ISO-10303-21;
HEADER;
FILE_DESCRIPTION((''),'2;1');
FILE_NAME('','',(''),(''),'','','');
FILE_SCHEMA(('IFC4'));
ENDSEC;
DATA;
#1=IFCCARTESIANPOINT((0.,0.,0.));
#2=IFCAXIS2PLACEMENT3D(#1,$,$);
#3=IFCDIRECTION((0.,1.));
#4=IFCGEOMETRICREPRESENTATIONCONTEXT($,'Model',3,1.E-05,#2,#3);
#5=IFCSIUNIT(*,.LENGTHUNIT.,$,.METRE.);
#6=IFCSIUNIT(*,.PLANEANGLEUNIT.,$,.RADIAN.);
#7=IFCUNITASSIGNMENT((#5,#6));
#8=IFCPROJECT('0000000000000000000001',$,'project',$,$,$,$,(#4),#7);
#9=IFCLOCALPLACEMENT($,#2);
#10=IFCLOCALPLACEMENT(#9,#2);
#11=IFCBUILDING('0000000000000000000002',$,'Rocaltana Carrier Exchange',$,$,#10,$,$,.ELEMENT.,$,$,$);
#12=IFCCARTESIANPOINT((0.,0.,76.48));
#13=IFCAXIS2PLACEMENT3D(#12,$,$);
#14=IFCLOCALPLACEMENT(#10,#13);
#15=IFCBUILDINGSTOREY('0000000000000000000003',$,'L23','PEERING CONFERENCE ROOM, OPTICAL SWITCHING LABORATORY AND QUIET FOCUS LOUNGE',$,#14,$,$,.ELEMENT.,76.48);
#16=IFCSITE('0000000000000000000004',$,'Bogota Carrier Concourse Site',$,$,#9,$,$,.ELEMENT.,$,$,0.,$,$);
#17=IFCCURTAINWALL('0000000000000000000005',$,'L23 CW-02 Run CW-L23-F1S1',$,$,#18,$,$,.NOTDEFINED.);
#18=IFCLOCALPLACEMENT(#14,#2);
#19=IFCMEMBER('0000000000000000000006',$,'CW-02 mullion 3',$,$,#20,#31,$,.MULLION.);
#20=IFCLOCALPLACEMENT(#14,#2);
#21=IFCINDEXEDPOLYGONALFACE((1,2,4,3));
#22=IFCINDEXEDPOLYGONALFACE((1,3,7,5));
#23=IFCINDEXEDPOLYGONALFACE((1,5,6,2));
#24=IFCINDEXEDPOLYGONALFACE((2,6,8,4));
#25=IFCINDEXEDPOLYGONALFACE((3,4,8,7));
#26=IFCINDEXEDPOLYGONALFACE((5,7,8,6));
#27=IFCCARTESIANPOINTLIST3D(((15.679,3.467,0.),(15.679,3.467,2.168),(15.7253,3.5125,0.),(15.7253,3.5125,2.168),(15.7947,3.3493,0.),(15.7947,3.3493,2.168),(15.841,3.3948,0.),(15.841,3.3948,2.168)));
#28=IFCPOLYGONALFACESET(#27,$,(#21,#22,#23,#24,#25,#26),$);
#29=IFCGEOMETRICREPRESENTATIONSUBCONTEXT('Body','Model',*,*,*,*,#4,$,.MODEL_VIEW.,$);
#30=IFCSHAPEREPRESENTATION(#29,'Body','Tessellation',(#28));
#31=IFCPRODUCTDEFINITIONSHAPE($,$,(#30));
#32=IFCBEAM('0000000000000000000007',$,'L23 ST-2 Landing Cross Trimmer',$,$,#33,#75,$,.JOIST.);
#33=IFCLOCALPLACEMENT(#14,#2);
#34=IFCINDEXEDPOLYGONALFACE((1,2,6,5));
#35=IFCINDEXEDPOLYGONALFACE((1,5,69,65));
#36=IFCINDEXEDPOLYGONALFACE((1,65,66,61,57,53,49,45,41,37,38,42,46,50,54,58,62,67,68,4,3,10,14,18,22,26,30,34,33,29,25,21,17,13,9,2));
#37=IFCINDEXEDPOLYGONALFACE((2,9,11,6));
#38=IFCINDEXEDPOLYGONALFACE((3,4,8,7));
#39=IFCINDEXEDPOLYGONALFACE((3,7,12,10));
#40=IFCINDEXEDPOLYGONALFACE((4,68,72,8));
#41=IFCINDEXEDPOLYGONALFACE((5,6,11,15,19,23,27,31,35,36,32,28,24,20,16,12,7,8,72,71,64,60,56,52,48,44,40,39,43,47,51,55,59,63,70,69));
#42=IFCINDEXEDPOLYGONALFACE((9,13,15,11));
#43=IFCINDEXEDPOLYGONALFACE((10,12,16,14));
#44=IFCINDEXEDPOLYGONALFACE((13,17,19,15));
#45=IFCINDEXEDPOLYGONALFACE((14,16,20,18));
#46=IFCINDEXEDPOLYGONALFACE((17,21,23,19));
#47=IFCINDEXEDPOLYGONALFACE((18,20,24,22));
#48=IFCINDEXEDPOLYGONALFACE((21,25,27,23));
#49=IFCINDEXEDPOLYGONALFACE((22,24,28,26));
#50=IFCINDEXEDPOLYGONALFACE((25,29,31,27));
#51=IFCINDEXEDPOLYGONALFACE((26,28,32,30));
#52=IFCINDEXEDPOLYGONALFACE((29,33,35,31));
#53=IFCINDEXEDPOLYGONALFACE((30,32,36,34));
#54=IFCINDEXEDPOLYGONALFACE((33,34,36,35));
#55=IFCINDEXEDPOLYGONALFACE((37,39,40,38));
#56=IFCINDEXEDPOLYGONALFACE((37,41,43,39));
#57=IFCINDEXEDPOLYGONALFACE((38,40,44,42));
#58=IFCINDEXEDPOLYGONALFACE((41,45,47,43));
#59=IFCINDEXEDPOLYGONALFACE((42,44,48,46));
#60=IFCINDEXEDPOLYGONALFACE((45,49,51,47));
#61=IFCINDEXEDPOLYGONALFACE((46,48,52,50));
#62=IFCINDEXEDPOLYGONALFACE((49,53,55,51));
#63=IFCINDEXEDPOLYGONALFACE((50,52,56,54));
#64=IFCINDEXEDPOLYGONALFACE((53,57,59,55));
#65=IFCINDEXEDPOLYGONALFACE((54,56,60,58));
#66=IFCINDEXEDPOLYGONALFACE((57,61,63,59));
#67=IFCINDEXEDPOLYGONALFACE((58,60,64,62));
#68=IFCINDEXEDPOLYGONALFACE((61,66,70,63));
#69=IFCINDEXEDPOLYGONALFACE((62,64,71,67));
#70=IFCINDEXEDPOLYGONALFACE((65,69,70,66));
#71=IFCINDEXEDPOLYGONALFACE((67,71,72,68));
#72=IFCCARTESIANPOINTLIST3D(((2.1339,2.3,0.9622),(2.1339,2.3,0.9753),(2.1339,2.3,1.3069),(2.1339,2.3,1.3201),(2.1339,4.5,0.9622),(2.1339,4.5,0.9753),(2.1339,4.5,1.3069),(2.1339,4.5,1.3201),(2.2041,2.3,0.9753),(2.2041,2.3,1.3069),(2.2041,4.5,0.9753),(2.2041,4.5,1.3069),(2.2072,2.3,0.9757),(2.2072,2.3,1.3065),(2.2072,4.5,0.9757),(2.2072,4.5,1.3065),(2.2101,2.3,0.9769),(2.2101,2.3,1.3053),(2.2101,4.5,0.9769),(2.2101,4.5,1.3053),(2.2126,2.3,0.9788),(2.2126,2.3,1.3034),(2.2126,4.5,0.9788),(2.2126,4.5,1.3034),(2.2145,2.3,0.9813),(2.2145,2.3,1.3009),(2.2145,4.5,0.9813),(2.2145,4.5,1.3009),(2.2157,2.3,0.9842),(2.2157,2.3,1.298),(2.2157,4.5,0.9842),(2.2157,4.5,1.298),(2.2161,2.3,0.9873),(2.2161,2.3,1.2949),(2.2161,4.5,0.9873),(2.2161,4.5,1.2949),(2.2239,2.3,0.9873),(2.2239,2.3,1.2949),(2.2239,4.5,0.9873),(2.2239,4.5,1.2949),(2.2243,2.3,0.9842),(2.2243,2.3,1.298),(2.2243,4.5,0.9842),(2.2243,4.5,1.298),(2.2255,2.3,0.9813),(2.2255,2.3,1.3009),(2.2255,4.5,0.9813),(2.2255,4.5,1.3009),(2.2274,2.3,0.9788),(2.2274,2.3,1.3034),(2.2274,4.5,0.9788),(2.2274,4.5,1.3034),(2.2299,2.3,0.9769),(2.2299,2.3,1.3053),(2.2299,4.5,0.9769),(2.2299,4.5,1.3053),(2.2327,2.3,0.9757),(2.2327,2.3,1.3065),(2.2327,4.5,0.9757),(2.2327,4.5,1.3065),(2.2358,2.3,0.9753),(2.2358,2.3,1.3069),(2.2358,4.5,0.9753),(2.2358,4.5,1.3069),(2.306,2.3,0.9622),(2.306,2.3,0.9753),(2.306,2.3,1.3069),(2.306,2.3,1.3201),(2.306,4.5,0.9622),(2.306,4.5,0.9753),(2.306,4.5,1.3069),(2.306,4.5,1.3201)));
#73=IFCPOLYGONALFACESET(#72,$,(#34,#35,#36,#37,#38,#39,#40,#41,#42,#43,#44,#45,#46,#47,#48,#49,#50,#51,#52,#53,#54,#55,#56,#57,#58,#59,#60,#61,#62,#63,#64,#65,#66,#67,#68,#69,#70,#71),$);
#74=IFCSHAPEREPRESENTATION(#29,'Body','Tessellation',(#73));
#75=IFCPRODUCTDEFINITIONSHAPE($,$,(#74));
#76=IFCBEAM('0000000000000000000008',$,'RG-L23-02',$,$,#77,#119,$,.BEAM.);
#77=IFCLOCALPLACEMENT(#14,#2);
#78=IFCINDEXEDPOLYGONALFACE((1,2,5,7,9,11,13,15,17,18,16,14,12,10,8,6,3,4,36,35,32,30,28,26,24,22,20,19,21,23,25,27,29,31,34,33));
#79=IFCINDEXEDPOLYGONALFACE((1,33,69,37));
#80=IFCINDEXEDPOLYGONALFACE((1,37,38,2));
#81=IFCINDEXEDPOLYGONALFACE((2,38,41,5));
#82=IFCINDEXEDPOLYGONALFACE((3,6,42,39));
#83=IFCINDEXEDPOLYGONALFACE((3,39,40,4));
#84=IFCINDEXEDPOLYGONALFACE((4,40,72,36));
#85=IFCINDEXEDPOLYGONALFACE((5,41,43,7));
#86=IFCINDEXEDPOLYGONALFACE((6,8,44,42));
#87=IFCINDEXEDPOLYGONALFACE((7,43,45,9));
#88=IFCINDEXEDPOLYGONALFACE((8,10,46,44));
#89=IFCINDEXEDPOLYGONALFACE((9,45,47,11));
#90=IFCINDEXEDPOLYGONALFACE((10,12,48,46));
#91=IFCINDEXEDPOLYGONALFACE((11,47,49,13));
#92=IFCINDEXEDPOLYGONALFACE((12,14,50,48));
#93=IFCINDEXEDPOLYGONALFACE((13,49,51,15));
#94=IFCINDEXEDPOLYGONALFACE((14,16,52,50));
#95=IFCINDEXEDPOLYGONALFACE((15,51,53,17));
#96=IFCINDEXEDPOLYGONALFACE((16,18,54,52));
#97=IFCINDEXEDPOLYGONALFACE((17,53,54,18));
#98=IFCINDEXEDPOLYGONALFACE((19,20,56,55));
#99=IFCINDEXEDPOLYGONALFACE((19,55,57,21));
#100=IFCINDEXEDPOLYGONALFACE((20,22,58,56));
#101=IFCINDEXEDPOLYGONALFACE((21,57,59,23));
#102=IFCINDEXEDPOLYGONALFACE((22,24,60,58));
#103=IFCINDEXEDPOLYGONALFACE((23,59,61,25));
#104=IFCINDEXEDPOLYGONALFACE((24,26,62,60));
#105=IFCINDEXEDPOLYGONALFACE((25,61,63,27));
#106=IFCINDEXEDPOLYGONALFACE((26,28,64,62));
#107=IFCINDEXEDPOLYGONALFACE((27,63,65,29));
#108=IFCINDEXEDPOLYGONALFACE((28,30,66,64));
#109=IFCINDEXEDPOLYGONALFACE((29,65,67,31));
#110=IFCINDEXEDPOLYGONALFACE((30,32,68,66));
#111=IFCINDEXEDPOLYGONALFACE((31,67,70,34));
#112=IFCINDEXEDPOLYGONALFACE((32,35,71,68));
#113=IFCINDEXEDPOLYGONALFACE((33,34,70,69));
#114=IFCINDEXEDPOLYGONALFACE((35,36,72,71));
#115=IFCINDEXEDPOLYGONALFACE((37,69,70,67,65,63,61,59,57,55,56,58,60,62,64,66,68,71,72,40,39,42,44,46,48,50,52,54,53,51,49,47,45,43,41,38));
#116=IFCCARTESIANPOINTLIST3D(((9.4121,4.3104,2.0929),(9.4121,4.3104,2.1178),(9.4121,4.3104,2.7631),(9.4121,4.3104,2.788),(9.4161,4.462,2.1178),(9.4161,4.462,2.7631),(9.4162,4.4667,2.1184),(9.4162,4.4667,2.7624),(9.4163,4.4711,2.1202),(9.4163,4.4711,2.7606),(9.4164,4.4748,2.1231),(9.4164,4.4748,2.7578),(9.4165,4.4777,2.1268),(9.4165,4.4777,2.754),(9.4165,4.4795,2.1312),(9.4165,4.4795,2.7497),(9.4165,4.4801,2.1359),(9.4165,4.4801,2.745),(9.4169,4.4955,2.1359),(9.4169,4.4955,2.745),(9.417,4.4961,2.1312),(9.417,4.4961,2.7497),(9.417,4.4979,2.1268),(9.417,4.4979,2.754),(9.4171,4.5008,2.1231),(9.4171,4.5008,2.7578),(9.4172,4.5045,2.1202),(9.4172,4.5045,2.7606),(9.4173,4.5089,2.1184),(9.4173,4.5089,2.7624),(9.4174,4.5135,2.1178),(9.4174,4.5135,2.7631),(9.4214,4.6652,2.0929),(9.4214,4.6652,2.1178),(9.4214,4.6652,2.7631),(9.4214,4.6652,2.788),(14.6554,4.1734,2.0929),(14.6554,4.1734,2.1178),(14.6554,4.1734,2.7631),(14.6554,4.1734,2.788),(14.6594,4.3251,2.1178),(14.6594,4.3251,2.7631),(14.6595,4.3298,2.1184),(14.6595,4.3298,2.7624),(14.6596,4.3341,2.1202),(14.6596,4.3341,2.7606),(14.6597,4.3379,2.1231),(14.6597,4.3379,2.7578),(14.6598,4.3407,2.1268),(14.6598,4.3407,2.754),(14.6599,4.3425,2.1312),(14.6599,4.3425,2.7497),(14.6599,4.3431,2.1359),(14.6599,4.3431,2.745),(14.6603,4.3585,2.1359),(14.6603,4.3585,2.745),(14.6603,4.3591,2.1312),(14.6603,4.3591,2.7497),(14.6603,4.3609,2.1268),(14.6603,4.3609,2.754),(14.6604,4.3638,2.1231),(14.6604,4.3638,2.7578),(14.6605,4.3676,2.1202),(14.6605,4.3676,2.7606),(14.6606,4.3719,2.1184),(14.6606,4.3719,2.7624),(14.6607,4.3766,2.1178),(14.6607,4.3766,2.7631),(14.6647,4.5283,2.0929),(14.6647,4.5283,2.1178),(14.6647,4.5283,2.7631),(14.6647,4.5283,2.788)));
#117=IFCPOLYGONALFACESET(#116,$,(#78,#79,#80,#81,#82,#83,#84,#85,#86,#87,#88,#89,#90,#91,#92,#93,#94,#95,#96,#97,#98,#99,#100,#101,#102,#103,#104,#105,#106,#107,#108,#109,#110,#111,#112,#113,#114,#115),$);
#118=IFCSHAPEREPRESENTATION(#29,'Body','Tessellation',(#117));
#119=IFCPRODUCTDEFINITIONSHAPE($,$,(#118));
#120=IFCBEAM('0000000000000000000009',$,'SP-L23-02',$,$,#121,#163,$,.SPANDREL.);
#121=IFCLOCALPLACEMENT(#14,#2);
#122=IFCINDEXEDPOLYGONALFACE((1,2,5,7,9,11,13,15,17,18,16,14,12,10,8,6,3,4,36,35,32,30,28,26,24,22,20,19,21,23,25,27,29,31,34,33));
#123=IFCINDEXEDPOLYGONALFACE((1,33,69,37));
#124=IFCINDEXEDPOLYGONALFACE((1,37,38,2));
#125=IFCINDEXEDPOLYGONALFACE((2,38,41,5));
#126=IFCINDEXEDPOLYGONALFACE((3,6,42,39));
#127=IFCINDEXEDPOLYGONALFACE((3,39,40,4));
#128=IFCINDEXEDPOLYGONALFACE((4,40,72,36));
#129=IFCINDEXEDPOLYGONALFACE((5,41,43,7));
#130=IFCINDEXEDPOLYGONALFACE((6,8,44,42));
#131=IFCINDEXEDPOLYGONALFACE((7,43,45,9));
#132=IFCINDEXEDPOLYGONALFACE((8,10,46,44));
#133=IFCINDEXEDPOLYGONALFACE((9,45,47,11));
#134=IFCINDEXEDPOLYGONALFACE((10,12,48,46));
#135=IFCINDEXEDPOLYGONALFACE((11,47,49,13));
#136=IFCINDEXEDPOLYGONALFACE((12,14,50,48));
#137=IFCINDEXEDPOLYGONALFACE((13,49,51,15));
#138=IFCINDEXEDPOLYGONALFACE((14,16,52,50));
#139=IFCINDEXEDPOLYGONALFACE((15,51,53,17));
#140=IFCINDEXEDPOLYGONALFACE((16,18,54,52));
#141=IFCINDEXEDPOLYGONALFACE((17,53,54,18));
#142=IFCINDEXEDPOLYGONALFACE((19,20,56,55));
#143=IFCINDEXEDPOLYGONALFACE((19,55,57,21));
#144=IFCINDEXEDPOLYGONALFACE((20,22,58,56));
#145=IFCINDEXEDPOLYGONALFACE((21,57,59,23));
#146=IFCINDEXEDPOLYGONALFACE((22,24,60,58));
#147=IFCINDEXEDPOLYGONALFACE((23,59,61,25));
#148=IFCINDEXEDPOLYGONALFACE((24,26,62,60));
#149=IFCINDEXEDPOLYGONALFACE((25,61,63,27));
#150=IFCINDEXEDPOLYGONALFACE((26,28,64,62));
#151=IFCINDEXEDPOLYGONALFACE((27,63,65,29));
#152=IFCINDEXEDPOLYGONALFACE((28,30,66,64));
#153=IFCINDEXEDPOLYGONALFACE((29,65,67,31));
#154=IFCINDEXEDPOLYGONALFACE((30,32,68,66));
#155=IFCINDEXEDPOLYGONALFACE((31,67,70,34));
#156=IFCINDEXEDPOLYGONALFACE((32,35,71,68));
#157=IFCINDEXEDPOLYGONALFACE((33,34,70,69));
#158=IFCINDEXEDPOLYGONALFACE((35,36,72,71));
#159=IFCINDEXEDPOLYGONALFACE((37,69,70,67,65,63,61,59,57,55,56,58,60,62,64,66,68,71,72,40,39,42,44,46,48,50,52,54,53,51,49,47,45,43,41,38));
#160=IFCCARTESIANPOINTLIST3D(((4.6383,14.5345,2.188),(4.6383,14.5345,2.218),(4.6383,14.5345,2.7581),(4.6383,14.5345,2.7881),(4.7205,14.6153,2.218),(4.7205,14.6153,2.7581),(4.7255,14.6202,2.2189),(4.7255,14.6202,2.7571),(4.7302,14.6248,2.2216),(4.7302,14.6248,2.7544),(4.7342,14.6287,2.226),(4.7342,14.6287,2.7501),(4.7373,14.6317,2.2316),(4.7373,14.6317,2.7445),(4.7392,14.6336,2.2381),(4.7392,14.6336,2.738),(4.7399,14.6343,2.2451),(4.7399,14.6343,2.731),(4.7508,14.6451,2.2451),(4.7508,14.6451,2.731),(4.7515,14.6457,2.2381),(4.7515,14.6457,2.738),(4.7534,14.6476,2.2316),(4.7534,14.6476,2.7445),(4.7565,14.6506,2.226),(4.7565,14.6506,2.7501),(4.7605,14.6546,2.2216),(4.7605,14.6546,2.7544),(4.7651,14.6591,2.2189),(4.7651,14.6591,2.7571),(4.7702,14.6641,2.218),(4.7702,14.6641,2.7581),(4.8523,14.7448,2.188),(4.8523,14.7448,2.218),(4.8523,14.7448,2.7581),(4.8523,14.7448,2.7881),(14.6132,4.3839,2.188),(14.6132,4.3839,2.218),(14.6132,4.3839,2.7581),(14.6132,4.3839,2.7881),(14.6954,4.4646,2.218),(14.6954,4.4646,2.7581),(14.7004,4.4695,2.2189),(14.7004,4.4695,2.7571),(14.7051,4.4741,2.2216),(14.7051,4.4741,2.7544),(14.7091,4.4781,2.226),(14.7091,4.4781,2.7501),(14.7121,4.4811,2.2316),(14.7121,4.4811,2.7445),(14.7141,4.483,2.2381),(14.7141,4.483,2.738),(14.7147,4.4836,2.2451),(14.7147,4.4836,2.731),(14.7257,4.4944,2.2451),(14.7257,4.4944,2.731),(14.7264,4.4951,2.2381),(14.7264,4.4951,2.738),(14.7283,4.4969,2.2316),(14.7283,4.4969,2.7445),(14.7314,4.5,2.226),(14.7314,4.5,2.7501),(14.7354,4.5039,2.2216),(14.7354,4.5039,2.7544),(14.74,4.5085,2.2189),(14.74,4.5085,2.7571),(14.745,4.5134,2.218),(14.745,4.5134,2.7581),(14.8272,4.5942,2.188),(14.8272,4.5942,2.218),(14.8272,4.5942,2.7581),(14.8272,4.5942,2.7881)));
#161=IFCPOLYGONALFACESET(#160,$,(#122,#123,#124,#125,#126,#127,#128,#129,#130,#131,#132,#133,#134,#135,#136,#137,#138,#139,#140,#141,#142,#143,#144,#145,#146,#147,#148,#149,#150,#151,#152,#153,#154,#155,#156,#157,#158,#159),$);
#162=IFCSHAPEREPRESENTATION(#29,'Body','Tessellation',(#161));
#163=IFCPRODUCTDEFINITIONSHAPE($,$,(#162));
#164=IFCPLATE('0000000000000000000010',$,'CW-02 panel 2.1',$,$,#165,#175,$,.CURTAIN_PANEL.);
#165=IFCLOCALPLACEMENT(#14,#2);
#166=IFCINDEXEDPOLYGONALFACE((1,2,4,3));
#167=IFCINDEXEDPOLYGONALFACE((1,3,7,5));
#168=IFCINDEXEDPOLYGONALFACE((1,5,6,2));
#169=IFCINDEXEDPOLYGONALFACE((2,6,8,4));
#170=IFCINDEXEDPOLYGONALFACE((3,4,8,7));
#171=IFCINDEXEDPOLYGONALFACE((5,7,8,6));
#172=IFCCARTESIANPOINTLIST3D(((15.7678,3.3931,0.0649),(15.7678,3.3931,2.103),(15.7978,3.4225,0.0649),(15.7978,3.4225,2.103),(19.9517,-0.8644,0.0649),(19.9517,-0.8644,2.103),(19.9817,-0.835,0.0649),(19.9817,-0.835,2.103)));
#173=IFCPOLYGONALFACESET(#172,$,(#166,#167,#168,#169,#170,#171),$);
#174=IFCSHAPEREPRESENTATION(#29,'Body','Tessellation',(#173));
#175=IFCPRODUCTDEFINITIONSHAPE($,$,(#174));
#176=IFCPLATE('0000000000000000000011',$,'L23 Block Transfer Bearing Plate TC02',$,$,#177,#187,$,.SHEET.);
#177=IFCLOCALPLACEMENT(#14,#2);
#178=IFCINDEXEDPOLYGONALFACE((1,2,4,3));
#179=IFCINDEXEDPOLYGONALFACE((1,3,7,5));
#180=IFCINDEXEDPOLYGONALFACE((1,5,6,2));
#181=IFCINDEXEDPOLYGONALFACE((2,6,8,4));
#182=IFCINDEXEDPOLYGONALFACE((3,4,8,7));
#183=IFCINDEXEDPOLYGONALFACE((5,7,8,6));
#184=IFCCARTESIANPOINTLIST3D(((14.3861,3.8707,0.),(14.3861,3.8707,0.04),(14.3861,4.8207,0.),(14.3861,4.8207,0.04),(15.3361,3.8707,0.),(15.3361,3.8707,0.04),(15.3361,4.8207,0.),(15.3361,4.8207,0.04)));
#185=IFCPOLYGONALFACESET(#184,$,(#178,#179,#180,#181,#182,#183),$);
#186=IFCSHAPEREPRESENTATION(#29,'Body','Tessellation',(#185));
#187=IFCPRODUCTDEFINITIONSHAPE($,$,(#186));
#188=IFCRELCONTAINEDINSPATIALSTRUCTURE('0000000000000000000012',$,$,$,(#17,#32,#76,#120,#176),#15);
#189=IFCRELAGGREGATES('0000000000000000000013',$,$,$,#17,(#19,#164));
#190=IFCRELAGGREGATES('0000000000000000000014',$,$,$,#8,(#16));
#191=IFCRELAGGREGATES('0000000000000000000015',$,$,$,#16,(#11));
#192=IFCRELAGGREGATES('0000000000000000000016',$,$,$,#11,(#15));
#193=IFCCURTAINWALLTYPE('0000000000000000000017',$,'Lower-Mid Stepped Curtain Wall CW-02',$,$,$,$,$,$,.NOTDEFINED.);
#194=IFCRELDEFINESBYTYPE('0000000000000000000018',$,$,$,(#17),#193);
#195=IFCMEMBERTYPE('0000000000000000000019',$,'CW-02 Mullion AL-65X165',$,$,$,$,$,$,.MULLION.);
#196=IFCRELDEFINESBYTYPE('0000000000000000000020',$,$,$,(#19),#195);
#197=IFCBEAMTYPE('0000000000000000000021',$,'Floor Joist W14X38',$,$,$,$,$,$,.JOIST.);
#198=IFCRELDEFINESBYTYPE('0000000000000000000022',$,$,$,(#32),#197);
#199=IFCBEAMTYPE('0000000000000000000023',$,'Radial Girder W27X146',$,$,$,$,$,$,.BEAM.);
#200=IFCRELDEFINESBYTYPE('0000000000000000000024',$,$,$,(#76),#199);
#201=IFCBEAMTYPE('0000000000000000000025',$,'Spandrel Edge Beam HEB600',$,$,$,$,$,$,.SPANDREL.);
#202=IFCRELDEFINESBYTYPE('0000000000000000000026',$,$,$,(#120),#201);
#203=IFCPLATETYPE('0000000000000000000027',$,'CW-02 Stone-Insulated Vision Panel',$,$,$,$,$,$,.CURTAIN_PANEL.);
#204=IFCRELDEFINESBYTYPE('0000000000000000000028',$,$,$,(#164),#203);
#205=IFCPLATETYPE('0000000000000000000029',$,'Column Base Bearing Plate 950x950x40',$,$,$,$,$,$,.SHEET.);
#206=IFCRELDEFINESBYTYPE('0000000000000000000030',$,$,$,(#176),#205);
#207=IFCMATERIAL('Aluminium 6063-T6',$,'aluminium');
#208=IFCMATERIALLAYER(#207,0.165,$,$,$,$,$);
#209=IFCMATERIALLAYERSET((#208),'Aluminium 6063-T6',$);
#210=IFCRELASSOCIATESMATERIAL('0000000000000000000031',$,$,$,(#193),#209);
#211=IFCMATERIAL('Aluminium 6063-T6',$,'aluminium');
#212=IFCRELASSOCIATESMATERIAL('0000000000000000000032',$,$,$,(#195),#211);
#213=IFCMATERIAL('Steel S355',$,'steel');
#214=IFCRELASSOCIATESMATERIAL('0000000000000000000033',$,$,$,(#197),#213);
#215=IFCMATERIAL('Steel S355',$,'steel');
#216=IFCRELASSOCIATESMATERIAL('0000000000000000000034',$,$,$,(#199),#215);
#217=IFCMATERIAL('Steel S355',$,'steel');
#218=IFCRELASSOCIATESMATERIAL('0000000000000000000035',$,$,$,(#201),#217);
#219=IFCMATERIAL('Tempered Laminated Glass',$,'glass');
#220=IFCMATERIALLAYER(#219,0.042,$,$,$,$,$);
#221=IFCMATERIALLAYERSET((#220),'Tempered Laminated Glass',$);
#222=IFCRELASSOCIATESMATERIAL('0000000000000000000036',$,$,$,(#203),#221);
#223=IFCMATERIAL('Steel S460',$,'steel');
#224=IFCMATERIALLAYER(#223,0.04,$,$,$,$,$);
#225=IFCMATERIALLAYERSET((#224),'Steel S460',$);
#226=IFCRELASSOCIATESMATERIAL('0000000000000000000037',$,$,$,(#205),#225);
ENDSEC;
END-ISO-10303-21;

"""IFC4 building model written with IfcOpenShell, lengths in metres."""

from ifc_helpers import new_model, si_unit, direction, frame, origin, origin_2d, place, context, subcontext, project, spatial, rectangle, i_section, extrude, material, layer, layer_set, material_profile, profile_set, type_object, element, aggregate, save


model = new_model("IFC4")

# Units and contexts
model_context = context("Model", 3, precision=1e-05, world=origin(), true_north=direction((0.0, 1.0)))
body_context = subcontext(model_context, "Body", "Model", "MODEL_VIEW")
ifc_project = project(units=[si_unit("LENGTHUNIT", "METRE"), si_unit("PLANEANGLEUNIT", "RADIAN")], contexts=[model_context])

# Site, building, storey
site_placement = place(None, origin())
site = spatial("IfcSite", under=ifc_project, at=site_placement, Name="Bogota Carrier Concourse Site", CompositionType="ELEMENT", RefElevation=0.0)
building_placement = place(site_placement, origin())
building = spatial("IfcBuilding", under=site, at=building_placement, Name="Rocaltana Carrier Exchange", CompositionType="ELEMENT")
storey_placement = place(building_placement, frame((0.0, 0.0, 76.48)))
storey = spatial("IfcBuildingStorey", under=building, at=storey_placement, Name="L23", Description="PEERING CONFERENCE ROOM, OPTICAL SWITCHING LABORATORY AND QUIET FOCUS LOUNGE", CompositionType="ELEMENT", Elevation=76.48)

# Curtain wall, member
ifc_material_1 = material(Name="Aluminium 6063-T6", Category="aluminium")
ifc_layer_1 = layer(ifc_material_1, 0.165)
ifc_layer_set_1 = layer_set([ifc_layer_1], Name="Aluminium 6063-T6")
curtain_wall_type = type_object("IfcCurtainWallType", Name="Lower-Mid Stepped Curtain Wall CW-02", PredefinedType="NOTDEFINED", material=ifc_layer_set_1)
curtain_wall_placement = place(storey_placement, origin())
curtain_wall = element("IfcCurtainWall", 1, at=curtain_wall_placement, inside=storey, type_object=curtain_wall_type, Name="L23 CW-02 Run CW-L23-F1S1", PredefinedType="NOTDEFINED")
ifc_material_2 = material(Name="Aluminium 6063-T6", Category="aluminium")
ifc_material_profile_1 = material_profile(ifc_material_2, rectangle(XDim=0.0649, YDim=0.165, at=origin_2d()), Name="AL-65X165")
ifc_profile_set_1 = profile_set([ifc_material_profile_1], Name="Aluminium 6063-T6")
member_type = type_object("IfcMemberType", Name="CW-02 Mullion AL-65X165", PredefinedType="MULLION", material=ifc_profile_set_1)
member_placement = place(storey_placement, frame((15.76, 3.4309, 0.0), z_axis=(0.0, 0.0, 1.0), x_axis=(-0.713245, -0.700915, 0.0)))
member = element("IfcMember", 2, at=member_placement, type_object=member_type, Name="CW-02 mullion 3", PredefinedType="MULLION", context=body_context, shape_type="SweptSolid", body=[
    extrude(rectangle(XDim=0.0649, YDim=0.165, at=origin_2d()), origin(), (0.0, 0.0, 1.0), 2.168),
])

# Beams
ifc_material_3 = material(Name="Steel S355", Category="steel")
ifc_material_profile_2 = material_profile(ifc_material_3, i_section(OverallWidth=0.1721, OverallDepth=0.3579, WebThickness=0.0078, FlangeThickness=0.0132, FilletRadius=0.012, at=origin_2d()), Name="W14X38")
ifc_profile_set_2 = profile_set([ifc_material_profile_2], Name="Steel S355")
beam_type_1 = type_object("IfcBeamType", Name="Floor Joist W14X38", PredefinedType="JOIST", material=ifc_profile_set_2)
beam_1_placement = place(storey_placement, frame((2.22, 2.3, 1.1411), z_axis=(0.0, 1.0, 0.0), x_axis=(-1.0, 0.0, 0.0)))
element("IfcBeam", 3, at=beam_1_placement, inside=storey, type_object=beam_type_1, Name="L23 ST-2 Landing Cross Trimmer", PredefinedType="JOIST", context=body_context, shape_type="SweptSolid", body=[
    extrude(i_section(OverallWidth=0.1721, OverallDepth=0.3579, WebThickness=0.0078, FlangeThickness=0.0132, FilletRadius=0.012, at=origin_2d()), origin(), (0.0, 0.0, 1.0), 2.2),
])
ifc_material_4 = material(Name="Steel S355", Category="steel")
ifc_material_profile_3 = material_profile(ifc_material_4, i_section(OverallWidth=0.355, OverallDepth=0.6951, WebThickness=0.0154, FlangeThickness=0.0249, FilletRadius=0.0181, at=origin_2d()), Name="W27X146")
ifc_profile_set_3 = profile_set([ifc_material_profile_3], Name="Steel S355")
beam_type_2 = type_object("IfcBeamType", Name="Radial Girder W27X146", PredefinedType="BEAM", material=ifc_profile_set_3)
beam_2_placement = place(storey_placement, frame((9.4167, 4.4878, 2.4404), z_axis=(0.999659, -0.026112, 0.0), x_axis=(0.026112, 0.999659, 0.0)))
element("IfcBeam", 4, at=beam_2_placement, inside=storey, type_object=beam_type_2, Name="RG-L23-02", PredefinedType="BEAM", context=body_context, shape_type="SweptSolid", body=[
    extrude(i_section(OverallWidth=0.355, OverallDepth=0.6951, WebThickness=0.0154, FlangeThickness=0.0249, FilletRadius=0.0181, at=origin_2d()), origin(), (0.0, 0.0, 1.0), 5.2451),
])
ifc_material_5 = material(Name="Steel S355", Category="steel")
ifc_material_profile_4 = material_profile(ifc_material_5, i_section(OverallWidth=0.3, OverallDepth=0.6001, WebThickness=0.0154, FlangeThickness=0.03, FilletRadius=0.0271, at=origin_2d()), Name="HEB600")
ifc_profile_set_4 = profile_set([ifc_material_profile_4], Name="Steel S355")
beam_type_3 = type_object("IfcBeamType", Name="Spandrel Edge Beam HEB600", PredefinedType="SPANDREL", material=ifc_profile_set_4)
beam_3_placement = place(storey_placement, frame((14.7202, 4.489, 2.488), z_axis=(-0.700904, 0.713256, 0.0), x_axis=(-0.713256, -0.700904, 0.0)))
element("IfcBeam", 5, at=beam_3_placement, inside=storey, type_object=beam_type_3, Name="SP-L23-02", PredefinedType="SPANDREL", context=body_context, shape_type="SweptSolid", body=[
    extrude(i_section(OverallWidth=0.3, OverallDepth=0.6001, WebThickness=0.0154, FlangeThickness=0.03, FilletRadius=0.0271, at=origin_2d()), origin(), (0.0, 0.0, 1.0), 14.2314),
])

# Plates
ifc_material_6 = material(Name="Tempered Laminated Glass", Category="glass")
ifc_layer_2 = layer(ifc_material_6, 0.042)
ifc_layer_set_2 = layer_set([ifc_layer_2], Name="Tempered Laminated Glass")
plate_type_1 = type_object("IfcPlateType", Name="CW-02 Stone-Insulated Vision Panel", PredefinedType="CURTAIN_PANEL", material=ifc_layer_set_2)
plate_1_placement = place(storey_placement, frame((17.8748, 1.2791, 0.0649), z_axis=(0.0, 0.0, 1.0), x_axis=(-0.700915, 0.713245, 0.0)))
plate_1 = element("IfcPlate", 6, at=plate_1_placement, type_object=plate_type_1, Name="CW-02 panel 2.1", PredefinedType="CURTAIN_PANEL", context=body_context, shape_type="SweptSolid", body=[
    extrude(rectangle(XDim=5.9692, YDim=0.042, at=origin_2d()), origin(), (0.0, 0.0, 1.0), 2.0381),
])
aggregate(curtain_wall, [member, plate_1])
ifc_material_7 = material(Name="Steel S460", Category="steel")
ifc_layer_3 = layer(ifc_material_7, 0.04)
ifc_layer_set_3 = layer_set([ifc_layer_3], Name="Steel S460")
plate_type_2 = type_object("IfcPlateType", Name="Column Base Bearing Plate 950x950x40", PredefinedType="SHEET", material=ifc_layer_set_3)
plate_2_placement = place(storey_placement, frame((14.8611, 4.3457, 0.0), z_axis=(0.0, 0.0, 1.0), x_axis=(1.0, 0.0, 0.0)))
element("IfcPlate", 7, at=plate_2_placement, inside=storey, type_object=plate_type_2, Name="L23 Block Transfer Bearing Plate TC02", PredefinedType="SHEET", context=body_context, shape_type="SweptSolid", body=[
    extrude(rectangle(XDim=0.95, YDim=0.95, at=origin_2d()), origin(), (0.0, 0.0, 1.0), 0.04),
])

save(model, "model.ifc")
